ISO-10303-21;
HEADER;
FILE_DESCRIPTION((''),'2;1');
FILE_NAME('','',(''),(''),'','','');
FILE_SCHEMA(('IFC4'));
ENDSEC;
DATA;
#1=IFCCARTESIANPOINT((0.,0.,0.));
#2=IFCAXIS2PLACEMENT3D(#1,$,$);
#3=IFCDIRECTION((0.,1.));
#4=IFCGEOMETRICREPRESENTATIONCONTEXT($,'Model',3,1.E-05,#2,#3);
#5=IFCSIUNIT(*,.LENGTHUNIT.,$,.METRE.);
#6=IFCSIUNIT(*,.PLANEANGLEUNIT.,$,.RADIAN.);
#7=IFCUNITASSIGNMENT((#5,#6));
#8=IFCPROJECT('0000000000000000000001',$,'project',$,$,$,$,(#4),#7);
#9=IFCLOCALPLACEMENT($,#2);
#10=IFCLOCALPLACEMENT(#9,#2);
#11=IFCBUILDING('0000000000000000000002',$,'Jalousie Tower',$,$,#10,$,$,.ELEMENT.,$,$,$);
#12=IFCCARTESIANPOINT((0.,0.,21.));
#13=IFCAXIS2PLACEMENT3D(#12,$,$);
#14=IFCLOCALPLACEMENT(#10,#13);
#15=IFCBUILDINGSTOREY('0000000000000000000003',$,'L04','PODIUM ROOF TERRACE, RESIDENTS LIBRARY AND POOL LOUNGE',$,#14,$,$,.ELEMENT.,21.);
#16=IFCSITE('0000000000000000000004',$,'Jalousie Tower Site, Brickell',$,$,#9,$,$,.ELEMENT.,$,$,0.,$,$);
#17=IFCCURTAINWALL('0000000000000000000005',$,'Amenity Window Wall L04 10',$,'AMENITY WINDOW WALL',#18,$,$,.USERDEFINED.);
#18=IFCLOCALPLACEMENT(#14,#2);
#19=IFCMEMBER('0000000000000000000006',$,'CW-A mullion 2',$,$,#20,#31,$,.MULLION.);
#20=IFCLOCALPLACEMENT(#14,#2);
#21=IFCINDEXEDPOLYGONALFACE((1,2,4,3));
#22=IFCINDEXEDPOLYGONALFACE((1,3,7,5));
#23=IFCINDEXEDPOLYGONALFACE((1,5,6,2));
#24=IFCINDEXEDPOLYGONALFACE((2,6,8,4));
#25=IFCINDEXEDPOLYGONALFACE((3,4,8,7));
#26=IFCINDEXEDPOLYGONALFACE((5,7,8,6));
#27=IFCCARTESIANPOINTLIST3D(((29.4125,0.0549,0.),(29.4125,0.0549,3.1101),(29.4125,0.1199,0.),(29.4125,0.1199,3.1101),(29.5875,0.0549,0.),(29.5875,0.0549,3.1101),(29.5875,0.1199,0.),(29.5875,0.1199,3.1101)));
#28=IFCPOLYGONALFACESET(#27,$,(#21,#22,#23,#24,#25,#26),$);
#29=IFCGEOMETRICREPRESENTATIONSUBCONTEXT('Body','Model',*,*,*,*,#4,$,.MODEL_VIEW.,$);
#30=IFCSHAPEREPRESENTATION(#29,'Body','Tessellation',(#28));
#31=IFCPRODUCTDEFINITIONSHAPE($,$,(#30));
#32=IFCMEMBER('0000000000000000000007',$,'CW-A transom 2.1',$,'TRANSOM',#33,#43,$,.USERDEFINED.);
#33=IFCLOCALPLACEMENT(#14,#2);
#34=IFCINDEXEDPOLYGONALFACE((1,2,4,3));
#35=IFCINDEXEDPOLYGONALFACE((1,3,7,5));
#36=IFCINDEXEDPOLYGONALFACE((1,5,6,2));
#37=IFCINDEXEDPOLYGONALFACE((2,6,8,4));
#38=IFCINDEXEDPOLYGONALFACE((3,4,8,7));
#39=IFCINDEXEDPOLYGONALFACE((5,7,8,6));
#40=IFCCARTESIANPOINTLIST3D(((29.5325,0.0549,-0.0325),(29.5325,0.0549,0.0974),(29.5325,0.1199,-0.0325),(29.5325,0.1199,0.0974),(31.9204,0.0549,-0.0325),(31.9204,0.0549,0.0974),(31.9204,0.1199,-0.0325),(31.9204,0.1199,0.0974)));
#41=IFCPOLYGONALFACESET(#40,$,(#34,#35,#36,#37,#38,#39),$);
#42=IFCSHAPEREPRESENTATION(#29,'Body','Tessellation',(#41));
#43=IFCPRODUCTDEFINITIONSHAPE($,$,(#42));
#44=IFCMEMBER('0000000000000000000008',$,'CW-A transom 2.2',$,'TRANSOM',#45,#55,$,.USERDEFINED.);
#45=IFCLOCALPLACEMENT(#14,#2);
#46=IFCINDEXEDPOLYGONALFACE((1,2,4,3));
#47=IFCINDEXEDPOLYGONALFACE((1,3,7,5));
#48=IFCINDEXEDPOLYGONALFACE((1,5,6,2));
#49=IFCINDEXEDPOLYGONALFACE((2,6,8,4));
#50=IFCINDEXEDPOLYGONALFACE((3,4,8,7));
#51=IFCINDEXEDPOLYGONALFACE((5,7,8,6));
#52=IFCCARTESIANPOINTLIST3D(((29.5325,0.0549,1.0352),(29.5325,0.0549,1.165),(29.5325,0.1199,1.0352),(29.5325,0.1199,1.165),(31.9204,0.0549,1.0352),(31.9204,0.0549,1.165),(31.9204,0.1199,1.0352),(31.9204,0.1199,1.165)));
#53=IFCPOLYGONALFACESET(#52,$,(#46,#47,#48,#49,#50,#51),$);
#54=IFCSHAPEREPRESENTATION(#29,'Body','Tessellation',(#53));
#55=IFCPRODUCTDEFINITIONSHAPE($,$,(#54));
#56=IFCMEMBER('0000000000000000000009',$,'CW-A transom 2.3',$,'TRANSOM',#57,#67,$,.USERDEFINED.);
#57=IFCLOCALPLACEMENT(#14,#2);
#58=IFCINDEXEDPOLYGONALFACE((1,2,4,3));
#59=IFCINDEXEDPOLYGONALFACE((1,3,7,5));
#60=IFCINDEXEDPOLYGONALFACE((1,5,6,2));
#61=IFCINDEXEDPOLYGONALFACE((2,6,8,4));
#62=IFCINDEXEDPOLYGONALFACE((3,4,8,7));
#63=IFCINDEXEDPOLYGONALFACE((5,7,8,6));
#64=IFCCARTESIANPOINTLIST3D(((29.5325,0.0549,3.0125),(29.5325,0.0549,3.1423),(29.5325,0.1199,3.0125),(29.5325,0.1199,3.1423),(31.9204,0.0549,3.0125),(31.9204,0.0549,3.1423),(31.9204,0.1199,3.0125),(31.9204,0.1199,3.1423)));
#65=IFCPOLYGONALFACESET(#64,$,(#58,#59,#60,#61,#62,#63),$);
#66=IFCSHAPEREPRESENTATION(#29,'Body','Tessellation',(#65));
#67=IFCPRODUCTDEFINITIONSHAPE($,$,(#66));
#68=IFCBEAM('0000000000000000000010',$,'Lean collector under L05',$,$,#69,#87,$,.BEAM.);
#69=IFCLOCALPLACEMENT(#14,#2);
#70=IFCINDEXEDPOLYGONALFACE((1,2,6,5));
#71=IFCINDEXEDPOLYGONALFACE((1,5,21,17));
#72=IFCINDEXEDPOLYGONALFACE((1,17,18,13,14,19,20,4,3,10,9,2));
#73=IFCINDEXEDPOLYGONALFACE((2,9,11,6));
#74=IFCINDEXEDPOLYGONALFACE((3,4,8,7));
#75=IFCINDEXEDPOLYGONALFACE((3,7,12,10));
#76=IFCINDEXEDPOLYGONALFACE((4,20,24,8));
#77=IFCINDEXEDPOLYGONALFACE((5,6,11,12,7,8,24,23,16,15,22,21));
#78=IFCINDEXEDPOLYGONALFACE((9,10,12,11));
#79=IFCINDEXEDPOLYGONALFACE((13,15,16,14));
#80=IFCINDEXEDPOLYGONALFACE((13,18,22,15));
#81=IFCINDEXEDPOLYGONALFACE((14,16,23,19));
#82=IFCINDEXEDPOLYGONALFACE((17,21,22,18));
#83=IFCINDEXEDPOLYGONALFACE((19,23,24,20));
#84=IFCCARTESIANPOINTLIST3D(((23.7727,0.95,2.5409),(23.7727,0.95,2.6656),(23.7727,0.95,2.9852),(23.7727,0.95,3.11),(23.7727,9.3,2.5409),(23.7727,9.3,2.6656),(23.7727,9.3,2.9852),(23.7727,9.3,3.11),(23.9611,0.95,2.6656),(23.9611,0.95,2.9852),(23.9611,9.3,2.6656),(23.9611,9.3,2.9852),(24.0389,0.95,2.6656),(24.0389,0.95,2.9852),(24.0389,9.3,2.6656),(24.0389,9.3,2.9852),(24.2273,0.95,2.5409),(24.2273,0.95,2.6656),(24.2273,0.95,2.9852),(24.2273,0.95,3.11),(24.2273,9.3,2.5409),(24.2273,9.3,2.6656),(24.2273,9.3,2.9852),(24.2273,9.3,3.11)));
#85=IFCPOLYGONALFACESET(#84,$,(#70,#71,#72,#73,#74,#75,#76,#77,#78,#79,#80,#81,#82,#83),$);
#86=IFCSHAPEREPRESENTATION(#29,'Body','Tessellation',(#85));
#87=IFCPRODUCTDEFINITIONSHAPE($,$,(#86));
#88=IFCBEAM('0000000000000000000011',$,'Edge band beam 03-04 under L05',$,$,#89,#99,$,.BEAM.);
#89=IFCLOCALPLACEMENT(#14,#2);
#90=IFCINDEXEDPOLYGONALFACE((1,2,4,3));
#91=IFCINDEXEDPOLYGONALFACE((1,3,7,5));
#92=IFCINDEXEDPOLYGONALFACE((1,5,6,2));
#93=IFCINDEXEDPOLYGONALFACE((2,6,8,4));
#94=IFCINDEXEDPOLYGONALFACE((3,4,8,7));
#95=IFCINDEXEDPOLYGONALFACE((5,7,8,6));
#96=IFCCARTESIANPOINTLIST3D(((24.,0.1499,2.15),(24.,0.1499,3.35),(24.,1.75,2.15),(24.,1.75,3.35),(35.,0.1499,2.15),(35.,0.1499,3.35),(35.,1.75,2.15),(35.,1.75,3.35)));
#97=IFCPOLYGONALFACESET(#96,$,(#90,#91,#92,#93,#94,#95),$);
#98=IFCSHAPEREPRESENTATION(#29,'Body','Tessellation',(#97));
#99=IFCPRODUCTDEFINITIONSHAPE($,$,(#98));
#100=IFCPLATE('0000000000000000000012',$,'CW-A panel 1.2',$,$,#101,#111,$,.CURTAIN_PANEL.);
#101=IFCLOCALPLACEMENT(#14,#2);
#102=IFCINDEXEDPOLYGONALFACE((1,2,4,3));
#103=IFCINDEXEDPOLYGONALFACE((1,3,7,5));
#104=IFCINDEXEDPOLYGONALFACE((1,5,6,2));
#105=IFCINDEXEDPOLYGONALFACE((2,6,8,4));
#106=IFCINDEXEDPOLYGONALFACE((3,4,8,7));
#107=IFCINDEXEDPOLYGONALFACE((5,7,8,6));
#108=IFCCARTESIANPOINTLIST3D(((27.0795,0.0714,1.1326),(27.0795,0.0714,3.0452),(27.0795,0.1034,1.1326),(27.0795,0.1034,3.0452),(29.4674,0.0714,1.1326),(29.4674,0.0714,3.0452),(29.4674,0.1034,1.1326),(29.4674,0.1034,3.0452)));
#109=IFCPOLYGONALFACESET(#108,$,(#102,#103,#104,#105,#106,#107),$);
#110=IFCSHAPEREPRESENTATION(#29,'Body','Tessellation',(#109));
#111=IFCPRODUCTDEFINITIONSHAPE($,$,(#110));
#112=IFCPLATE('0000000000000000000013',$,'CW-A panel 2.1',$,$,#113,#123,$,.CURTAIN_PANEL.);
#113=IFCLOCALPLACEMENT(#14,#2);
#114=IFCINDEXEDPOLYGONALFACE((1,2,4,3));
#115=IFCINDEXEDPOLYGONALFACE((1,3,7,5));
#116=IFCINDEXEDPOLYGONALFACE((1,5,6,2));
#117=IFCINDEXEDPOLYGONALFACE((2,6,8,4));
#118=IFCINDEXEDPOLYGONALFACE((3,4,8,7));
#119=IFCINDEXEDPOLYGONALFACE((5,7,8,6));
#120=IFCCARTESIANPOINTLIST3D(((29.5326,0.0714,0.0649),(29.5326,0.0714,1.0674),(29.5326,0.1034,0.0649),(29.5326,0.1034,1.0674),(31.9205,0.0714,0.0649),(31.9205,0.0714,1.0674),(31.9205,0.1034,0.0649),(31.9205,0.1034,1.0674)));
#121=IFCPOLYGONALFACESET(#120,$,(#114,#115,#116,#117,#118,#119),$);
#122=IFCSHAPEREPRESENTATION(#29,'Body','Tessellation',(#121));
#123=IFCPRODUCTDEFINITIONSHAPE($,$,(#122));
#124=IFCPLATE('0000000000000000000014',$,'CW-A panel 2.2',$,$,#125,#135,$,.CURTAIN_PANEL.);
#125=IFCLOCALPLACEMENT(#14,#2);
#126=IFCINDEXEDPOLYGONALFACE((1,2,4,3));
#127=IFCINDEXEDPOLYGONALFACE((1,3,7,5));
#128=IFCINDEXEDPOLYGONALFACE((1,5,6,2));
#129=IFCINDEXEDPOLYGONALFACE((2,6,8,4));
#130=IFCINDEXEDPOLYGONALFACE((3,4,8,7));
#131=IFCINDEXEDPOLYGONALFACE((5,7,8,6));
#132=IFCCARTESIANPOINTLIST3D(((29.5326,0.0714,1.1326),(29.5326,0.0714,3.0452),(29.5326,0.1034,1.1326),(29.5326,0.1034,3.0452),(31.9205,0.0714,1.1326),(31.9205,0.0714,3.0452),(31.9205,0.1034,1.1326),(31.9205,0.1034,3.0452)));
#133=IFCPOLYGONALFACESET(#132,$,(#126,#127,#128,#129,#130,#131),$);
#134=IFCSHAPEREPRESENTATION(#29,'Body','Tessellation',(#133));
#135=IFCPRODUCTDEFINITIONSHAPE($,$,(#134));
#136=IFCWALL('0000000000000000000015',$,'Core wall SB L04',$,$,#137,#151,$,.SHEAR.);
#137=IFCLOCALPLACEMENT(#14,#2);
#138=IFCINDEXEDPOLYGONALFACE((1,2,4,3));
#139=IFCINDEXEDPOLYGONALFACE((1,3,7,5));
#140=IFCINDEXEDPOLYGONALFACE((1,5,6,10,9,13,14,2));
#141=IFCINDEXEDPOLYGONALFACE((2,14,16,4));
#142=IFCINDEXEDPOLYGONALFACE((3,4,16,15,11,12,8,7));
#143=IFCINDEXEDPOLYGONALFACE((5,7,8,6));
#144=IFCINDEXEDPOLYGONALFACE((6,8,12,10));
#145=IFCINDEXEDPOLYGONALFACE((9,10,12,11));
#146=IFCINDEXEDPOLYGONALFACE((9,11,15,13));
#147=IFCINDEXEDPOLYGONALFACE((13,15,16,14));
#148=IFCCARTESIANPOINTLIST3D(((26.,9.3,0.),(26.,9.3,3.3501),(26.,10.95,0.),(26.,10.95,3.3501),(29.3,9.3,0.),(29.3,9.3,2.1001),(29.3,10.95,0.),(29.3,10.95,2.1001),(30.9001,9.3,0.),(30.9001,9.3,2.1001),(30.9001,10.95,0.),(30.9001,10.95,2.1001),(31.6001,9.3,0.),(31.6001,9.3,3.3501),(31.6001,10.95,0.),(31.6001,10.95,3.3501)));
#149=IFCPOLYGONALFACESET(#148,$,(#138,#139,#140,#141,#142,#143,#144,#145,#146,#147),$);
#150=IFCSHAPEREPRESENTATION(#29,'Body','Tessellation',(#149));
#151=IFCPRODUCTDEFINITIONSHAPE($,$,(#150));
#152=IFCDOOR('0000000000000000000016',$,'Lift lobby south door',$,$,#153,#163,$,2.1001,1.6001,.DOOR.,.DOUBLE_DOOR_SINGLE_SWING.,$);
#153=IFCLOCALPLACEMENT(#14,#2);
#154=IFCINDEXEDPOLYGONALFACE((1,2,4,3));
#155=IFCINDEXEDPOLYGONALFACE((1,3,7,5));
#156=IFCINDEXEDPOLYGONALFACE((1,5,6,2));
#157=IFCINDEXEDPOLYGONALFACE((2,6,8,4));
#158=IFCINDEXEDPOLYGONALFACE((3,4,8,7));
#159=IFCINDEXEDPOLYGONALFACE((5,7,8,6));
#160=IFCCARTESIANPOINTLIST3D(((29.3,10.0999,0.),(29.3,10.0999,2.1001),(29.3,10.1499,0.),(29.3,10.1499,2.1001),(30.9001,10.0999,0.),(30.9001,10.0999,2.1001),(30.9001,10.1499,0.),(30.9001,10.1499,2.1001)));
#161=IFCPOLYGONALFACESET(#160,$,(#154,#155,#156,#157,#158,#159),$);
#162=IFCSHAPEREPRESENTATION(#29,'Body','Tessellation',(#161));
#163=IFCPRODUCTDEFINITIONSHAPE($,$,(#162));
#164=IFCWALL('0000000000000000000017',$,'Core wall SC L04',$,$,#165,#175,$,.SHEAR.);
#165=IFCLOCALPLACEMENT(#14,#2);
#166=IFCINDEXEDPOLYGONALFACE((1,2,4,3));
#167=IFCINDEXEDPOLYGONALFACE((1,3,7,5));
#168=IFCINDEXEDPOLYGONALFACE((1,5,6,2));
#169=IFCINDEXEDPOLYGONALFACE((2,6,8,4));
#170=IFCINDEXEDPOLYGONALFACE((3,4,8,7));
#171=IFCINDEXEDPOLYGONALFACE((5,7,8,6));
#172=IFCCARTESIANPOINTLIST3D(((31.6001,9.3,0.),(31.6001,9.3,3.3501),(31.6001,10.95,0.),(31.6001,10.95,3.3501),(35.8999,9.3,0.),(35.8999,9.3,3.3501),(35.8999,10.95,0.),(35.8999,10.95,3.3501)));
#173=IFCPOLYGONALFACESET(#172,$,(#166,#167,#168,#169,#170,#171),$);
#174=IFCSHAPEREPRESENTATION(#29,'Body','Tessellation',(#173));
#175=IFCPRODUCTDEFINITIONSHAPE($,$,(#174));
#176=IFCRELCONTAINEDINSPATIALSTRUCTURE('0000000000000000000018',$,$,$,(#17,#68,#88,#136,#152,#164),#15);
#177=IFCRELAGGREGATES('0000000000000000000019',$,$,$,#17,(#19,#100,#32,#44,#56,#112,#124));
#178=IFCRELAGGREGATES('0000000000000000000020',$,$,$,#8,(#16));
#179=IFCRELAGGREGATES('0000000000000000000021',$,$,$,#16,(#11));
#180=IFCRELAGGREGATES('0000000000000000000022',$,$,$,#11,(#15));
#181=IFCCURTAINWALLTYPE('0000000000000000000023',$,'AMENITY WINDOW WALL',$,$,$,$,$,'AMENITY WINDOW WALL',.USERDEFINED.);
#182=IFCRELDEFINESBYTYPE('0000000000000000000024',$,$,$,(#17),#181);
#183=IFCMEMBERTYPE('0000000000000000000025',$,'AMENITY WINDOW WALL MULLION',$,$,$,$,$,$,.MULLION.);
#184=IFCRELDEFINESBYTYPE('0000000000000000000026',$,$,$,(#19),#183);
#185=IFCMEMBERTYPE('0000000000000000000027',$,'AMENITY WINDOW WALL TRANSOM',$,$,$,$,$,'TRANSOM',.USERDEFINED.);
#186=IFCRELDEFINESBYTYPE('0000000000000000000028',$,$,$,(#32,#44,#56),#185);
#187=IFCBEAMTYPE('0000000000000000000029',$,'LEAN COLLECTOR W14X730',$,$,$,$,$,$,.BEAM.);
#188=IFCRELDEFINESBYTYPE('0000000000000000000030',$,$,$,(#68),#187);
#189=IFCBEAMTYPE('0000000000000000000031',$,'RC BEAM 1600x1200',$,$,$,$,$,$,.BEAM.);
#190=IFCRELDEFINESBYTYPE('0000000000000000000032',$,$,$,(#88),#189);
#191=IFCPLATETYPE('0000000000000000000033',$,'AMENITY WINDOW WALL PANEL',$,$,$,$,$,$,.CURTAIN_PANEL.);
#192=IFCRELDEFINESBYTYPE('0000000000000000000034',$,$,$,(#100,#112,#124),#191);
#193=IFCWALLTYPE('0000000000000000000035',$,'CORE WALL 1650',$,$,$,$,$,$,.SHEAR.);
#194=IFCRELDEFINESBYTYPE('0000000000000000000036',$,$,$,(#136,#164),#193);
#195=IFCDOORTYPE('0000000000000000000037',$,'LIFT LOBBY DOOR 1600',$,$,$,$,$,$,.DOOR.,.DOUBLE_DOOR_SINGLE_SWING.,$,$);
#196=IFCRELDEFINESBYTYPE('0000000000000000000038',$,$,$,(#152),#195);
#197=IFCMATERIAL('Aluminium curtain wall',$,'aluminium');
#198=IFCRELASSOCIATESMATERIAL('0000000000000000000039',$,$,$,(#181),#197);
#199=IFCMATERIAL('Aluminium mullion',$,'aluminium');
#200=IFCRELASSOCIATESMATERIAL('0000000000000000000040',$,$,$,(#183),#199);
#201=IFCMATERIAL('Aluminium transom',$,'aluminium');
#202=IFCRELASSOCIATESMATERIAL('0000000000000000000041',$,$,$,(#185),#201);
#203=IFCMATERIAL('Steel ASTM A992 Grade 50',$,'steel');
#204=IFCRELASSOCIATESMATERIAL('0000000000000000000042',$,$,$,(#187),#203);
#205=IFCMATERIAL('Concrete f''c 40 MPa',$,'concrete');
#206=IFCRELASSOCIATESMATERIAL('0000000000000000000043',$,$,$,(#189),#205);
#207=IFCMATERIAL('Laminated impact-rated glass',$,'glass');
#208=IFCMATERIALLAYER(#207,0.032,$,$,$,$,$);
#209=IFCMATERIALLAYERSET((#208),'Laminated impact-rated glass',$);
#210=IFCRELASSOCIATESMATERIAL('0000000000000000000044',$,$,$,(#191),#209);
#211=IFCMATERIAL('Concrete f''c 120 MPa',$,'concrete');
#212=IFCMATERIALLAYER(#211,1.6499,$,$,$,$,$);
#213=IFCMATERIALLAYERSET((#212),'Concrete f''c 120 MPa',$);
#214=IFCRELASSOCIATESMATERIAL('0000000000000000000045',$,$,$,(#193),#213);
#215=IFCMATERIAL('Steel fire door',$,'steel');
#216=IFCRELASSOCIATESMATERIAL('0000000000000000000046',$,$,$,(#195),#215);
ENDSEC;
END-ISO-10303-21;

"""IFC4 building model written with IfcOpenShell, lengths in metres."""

from ifc_helpers import new_model, si_unit, direction, frame, frame_2d, origin, origin_2d, place, context, subcontext, project, spatial, rectangle, i_section, extrude, material, layer, layer_set, material_profile, profile_set, type_object, element, fill, aggregate, save


model = new_model("IFC4")

# Units and contexts
model_context = context("Model", 3, precision=1e-05, world=origin(), true_north=direction((0.0, 1.0)))
body_context = subcontext(model_context, "Body", "Model", "MODEL_VIEW")
ifc_project = project(units=[si_unit("LENGTHUNIT", "METRE"), si_unit("PLANEANGLEUNIT", "RADIAN")], contexts=[model_context])

# Site, building, storey
site_placement = place(None, origin())
site = spatial("IfcSite", under=ifc_project, at=site_placement, Name="Jalousie Tower Site, Brickell", CompositionType="ELEMENT", RefElevation=0.0)
building_placement = place(site_placement, origin())
building = spatial("IfcBuilding", under=site, at=building_placement, Name="Jalousie Tower", CompositionType="ELEMENT")
storey_placement = place(building_placement, frame((0.0, 0.0, 21.0)))
storey = spatial("IfcBuildingStorey", under=building, at=storey_placement, Name="L04", Description="PODIUM ROOF TERRACE, RESIDENTS LIBRARY AND POOL LOUNGE", CompositionType="ELEMENT", Elevation=21.0)

# Curtain wall, members
ifc_material_1 = material(Name="Aluminium curtain wall", Category="aluminium")
curtain_wall_type = type_object("IfcCurtainWallType", Name="AMENITY WINDOW WALL", ElementType="AMENITY WINDOW WALL", PredefinedType="USERDEFINED", material=ifc_material_1)
curtain_wall_placement = place(storey_placement, origin())
curtain_wall = element("IfcCurtainWall", 1, at=curtain_wall_placement, inside=storey, type_object=curtain_wall_type, Name="Amenity Window Wall L04 10", ObjectType="AMENITY WINDOW WALL", PredefinedType="USERDEFINED")
ifc_material_2 = material(Name="Aluminium mullion", Category="aluminium")
ifc_material_profile_1 = material_profile(ifc_material_2, rectangle(XDim=0.0649, YDim=0.175, at=origin_2d()), Name="MULLION 65x175")
ifc_profile_set_1 = profile_set([ifc_material_profile_1], Name="Aluminium mullion")
member_type_1 = type_object("IfcMemberType", Name="AMENITY WINDOW WALL MULLION", PredefinedType="MULLION", material=ifc_profile_set_1)
member_1_placement = place(storey_placement, frame((29.5, 0.0874, 0.0), z_axis=(0.0, 0.0, 1.0), x_axis=(0.0, 1.0, 0.0)))
member_1 = element("IfcMember", 2, at=member_1_placement, type_object=member_type_1, Name="CW-A mullion 2", PredefinedType="MULLION", context=body_context, shape_type="SweptSolid", body=[
    extrude(rectangle(XDim=0.0649, YDim=0.175, at=origin_2d()), origin(), (0.0, 0.0, 1.0), 3.1101),
])
ifc_material_3 = material(Name="Aluminium transom", Category="aluminium")
ifc_material_profile_2 = material_profile(ifc_material_3, rectangle(XDim=0.0649, YDim=0.1299, at=origin_2d()), Name="TRANSOM 65x130")
ifc_profile_set_2 = profile_set([ifc_material_profile_2], Name="Aluminium transom")
member_type_2 = type_object("IfcMemberType", Name="AMENITY WINDOW WALL TRANSOM", ElementType="TRANSOM", PredefinedType="USERDEFINED", material=ifc_profile_set_2)
member_2_placement = place(storey_placement, frame((29.5325, 0.0874, 0.0325), z_axis=(1.0, 0.0, 0.0), x_axis=(0.0, 1.0, 0.0)))
member_2 = element("IfcMember", 3, at=member_2_placement, type_object=member_type_2, Name="CW-A transom 2.1", ObjectType="TRANSOM", PredefinedType="USERDEFINED", context=body_context, shape_type="SweptSolid", body=[
    extrude(rectangle(XDim=0.0649, YDim=0.1299, at=origin_2d()), origin(), (0.0, 0.0, 1.0), 2.3879),
])
member_3_placement = place(storey_placement, frame((29.5325, 0.0874, 1.1001), z_axis=(1.0, 0.0, 0.0), x_axis=(0.0, 1.0, 0.0)))
member_3 = element("IfcMember", 4, at=member_3_placement, type_object=member_type_2, Name="CW-A transom 2.2", ObjectType="TRANSOM", PredefinedType="USERDEFINED", context=body_context, shape_type="SweptSolid", body=[
    extrude(rectangle(XDim=0.0649, YDim=0.1299, at=origin_2d()), origin(), (0.0, 0.0, 1.0), 2.3879),
])
member_4_placement = place(storey_placement, frame((29.5325, 0.0874, 3.0774), z_axis=(1.0, 0.0, 0.0), x_axis=(0.0, 1.0, 0.0)))
member_4 = element("IfcMember", 5, at=member_4_placement, type_object=member_type_2, Name="CW-A transom 2.3", ObjectType="TRANSOM", PredefinedType="USERDEFINED", context=body_context, shape_type="SweptSolid", body=[
    extrude(rectangle(XDim=0.0649, YDim=0.1299, at=origin_2d()), origin(), (0.0, 0.0, 1.0), 2.3879),
])

# Beams
ifc_material_4 = material(Name="Steel ASTM A992 Grade 50", Category="steel")
ifc_material_profile_3 = material_profile(ifc_material_4, i_section(OverallWidth=0.4546, OverallDepth=0.5691, WebThickness=0.0779, FlangeThickness=0.1248, at=origin_2d()), Name="W14X730")
ifc_profile_set_3 = profile_set([ifc_material_profile_3], Name="Steel ASTM A992 Grade 50")
beam_type_1 = type_object("IfcBeamType", Name="LEAN COLLECTOR W14X730", PredefinedType="BEAM", material=ifc_profile_set_3)
beam_1_placement = place(storey_placement, frame((24.0, 0.95, 2.8254), z_axis=(0.0, 1.0, 0.0), x_axis=(-1.0, 0.0, 0.0)))
element("IfcBeam", 6, at=beam_1_placement, inside=storey, type_object=beam_type_1, Name="Lean collector under L05", PredefinedType="BEAM", context=body_context, shape_type="SweptSolid", body=[
    extrude(i_section(OverallWidth=0.4546, OverallDepth=0.5691, WebThickness=0.0779, FlangeThickness=0.1248, at=origin_2d()), origin(), (0.0, 0.0, 1.0), 8.3501),
])
ifc_material_5 = material(Name="Concrete f'c 40 MPa", Category="concrete")
ifc_material_profile_4 = material_profile(ifc_material_5, rectangle(XDim=1.6001, YDim=1.2, at=origin_2d()), Name="RC 1600x1200")
ifc_profile_set_4 = profile_set([ifc_material_profile_4], Name="Concrete f'c 40 MPa")
beam_type_2 = type_object("IfcBeamType", Name="RC BEAM 1600x1200", PredefinedType="BEAM", material=ifc_profile_set_4)
beam_2_placement = place(storey_placement, frame((24.0, 0.95, 2.75), z_axis=(1.0, 0.0, 0.0), x_axis=(0.0, 1.0, 0.0)))
element("IfcBeam", 7, at=beam_2_placement, inside=storey, type_object=beam_type_2, Name="Edge band beam 03-04 under L05", PredefinedType="BEAM", context=body_context, shape_type="SweptSolid", body=[
    extrude(rectangle(XDim=1.6001, YDim=1.2, at=origin_2d()), origin(), (0.0, 0.0, 1.0), 11.0),
])

# Plates
ifc_material_6 = material(Name="Laminated impact-rated glass", Category="glass")
ifc_layer_1 = layer(ifc_material_6, 0.032)
ifc_layer_set_1 = layer_set([ifc_layer_1], Name="Laminated impact-rated glass")
plate_type = type_object("IfcPlateType", Name="AMENITY WINDOW WALL PANEL", PredefinedType="CURTAIN_PANEL", material=ifc_layer_set_1)
plate_1_placement = place(storey_placement, frame((28.2734, 0.0874, 1.1326), z_axis=(0.0, 0.0, 1.0), x_axis=(1.0, 0.0, 0.0)))
plate_1 = element("IfcPlate", 8, at=plate_1_placement, type_object=plate_type, Name="CW-A panel 1.2", PredefinedType="CURTAIN_PANEL", context=body_context, shape_type="SweptSolid", body=[
    extrude(rectangle(XDim=2.3879, YDim=0.032, at=origin_2d()), origin(), (0.0, 0.0, 1.0), 1.9126),
])
plate_2_placement = place(storey_placement, frame((30.7266, 0.0874, 0.0649), z_axis=(0.0, 0.0, 1.0), x_axis=(1.0, 0.0, 0.0)))
plate_2 = element("IfcPlate", 9, at=plate_2_placement, type_object=plate_type, Name="CW-A panel 2.1", PredefinedType="CURTAIN_PANEL", context=body_context, shape_type="SweptSolid", body=[
    extrude(rectangle(XDim=2.3879, YDim=0.032, at=origin_2d()), origin(), (0.0, 0.0, 1.0), 1.0024),
])
plate_3_placement = place(storey_placement, frame((30.7266, 0.0874, 1.1326), z_axis=(0.0, 0.0, 1.0), x_axis=(1.0, 0.0, 0.0)))
plate_3 = element("IfcPlate", 10, at=plate_3_placement, type_object=plate_type, Name="CW-A panel 2.2", PredefinedType="CURTAIN_PANEL", context=body_context, shape_type="SweptSolid", body=[
    extrude(rectangle(XDim=2.3879, YDim=0.032, at=origin_2d()), origin(), (0.0, 0.0, 1.0), 1.9126),
])
aggregate(curtain_wall, [member_1, plate_1, member_2, member_3, member_4, plate_2, plate_3])

# Wall, opening, door
ifc_material_7 = material(Name="Concrete f'c 120 MPa", Category="concrete")
ifc_layer_2 = layer(ifc_material_7, 1.6499)
ifc_layer_set_2 = layer_set([ifc_layer_2], Name="Concrete f'c 120 MPa")
wall_type_1 = type_object("IfcWallType", Name="CORE WALL 1650", PredefinedType="SHEAR", material=ifc_layer_set_2)
wall_1_placement = place(storey_placement, frame((26.0, 10.125, 0.0), z_axis=(0.0, 0.0, 1.0), x_axis=(1.0, 0.0, 0.0)))
wall_1 = element("IfcWall", 11, at=wall_1_placement, inside=storey, type_object=wall_type_1, Name="Core wall SB L04", PredefinedType="SHEAR", context=body_context, shape_type="SweptSolid", body=[
    extrude(rectangle(XDim=5.6001, YDim=1.6499, at=frame_2d((2.8, 0.0))), origin(), (0.0, 0.0, 1.0), 3.3501),
])
opening_1_placement = place(wall_1_placement, frame((3.3, 0.0, 0.0)))
opening_1 = element("IfcOpeningElement", 12, at=opening_1_placement, cuts=wall_1, PredefinedType="OPENING", context=body_context, shape_type="SweptSolid", body=[
    extrude(rectangle(XDim=1.6001, YDim=2.1001, at=frame_2d((0.8, 1.05))), frame((0.0, 0.835, 0.0), z_axis=(0.0, -1.0, 0.0), x_axis=(1.0, 0.0, 0.0)), (0.0, 0.0, 1.0), 1.6699),
])
ifc_material_8 = material(Name="Steel fire door", Category="steel")
door_type_1 = type_object("IfcDoorType", Name="LIFT LOBBY DOOR 1600", OperationType="DOUBLE_DOOR_SINGLE_SWING", PredefinedType="DOOR", material=ifc_material_8)
door_1_placement = place(opening_1_placement, origin())
door_1 = element("IfcDoor", 13, at=door_1_placement, inside=storey, type_object=door_type_1, Name="Lift lobby south door", OperationType="DOUBLE_DOOR_SINGLE_SWING", OverallHeight=2.1001, OverallWidth=1.6001, PredefinedType="DOOR", context=body_context, shape_type="SweptSolid", body=[
    extrude(rectangle(XDim=1.6001, YDim=2.1001, at=frame_2d((0.8, 1.05))), frame((0.0, 0.0249, 0.0), z_axis=(0.0, -1.0, 0.0), x_axis=(1.0, 0.0, 0.0)), (0.0, 0.0, 1.0), 0.05),
])
fill(opening_1, door_1)

# Wall
wall_2_placement = place(storey_placement, frame((31.6001, 10.125, 0.0), z_axis=(0.0, 0.0, 1.0), x_axis=(1.0, 0.0, 0.0)))
element("IfcWall", 14, at=wall_2_placement, inside=storey, type_object=wall_type_1, Name="Core wall SC L04", PredefinedType="SHEAR", context=body_context, shape_type="SweptSolid", body=[
    extrude(rectangle(XDim=4.2998, YDim=1.6499, at=frame_2d((2.1499, 0.0))), origin(), (0.0, 0.0, 1.0), 3.3501),
])

save(model, "model.ifc")
